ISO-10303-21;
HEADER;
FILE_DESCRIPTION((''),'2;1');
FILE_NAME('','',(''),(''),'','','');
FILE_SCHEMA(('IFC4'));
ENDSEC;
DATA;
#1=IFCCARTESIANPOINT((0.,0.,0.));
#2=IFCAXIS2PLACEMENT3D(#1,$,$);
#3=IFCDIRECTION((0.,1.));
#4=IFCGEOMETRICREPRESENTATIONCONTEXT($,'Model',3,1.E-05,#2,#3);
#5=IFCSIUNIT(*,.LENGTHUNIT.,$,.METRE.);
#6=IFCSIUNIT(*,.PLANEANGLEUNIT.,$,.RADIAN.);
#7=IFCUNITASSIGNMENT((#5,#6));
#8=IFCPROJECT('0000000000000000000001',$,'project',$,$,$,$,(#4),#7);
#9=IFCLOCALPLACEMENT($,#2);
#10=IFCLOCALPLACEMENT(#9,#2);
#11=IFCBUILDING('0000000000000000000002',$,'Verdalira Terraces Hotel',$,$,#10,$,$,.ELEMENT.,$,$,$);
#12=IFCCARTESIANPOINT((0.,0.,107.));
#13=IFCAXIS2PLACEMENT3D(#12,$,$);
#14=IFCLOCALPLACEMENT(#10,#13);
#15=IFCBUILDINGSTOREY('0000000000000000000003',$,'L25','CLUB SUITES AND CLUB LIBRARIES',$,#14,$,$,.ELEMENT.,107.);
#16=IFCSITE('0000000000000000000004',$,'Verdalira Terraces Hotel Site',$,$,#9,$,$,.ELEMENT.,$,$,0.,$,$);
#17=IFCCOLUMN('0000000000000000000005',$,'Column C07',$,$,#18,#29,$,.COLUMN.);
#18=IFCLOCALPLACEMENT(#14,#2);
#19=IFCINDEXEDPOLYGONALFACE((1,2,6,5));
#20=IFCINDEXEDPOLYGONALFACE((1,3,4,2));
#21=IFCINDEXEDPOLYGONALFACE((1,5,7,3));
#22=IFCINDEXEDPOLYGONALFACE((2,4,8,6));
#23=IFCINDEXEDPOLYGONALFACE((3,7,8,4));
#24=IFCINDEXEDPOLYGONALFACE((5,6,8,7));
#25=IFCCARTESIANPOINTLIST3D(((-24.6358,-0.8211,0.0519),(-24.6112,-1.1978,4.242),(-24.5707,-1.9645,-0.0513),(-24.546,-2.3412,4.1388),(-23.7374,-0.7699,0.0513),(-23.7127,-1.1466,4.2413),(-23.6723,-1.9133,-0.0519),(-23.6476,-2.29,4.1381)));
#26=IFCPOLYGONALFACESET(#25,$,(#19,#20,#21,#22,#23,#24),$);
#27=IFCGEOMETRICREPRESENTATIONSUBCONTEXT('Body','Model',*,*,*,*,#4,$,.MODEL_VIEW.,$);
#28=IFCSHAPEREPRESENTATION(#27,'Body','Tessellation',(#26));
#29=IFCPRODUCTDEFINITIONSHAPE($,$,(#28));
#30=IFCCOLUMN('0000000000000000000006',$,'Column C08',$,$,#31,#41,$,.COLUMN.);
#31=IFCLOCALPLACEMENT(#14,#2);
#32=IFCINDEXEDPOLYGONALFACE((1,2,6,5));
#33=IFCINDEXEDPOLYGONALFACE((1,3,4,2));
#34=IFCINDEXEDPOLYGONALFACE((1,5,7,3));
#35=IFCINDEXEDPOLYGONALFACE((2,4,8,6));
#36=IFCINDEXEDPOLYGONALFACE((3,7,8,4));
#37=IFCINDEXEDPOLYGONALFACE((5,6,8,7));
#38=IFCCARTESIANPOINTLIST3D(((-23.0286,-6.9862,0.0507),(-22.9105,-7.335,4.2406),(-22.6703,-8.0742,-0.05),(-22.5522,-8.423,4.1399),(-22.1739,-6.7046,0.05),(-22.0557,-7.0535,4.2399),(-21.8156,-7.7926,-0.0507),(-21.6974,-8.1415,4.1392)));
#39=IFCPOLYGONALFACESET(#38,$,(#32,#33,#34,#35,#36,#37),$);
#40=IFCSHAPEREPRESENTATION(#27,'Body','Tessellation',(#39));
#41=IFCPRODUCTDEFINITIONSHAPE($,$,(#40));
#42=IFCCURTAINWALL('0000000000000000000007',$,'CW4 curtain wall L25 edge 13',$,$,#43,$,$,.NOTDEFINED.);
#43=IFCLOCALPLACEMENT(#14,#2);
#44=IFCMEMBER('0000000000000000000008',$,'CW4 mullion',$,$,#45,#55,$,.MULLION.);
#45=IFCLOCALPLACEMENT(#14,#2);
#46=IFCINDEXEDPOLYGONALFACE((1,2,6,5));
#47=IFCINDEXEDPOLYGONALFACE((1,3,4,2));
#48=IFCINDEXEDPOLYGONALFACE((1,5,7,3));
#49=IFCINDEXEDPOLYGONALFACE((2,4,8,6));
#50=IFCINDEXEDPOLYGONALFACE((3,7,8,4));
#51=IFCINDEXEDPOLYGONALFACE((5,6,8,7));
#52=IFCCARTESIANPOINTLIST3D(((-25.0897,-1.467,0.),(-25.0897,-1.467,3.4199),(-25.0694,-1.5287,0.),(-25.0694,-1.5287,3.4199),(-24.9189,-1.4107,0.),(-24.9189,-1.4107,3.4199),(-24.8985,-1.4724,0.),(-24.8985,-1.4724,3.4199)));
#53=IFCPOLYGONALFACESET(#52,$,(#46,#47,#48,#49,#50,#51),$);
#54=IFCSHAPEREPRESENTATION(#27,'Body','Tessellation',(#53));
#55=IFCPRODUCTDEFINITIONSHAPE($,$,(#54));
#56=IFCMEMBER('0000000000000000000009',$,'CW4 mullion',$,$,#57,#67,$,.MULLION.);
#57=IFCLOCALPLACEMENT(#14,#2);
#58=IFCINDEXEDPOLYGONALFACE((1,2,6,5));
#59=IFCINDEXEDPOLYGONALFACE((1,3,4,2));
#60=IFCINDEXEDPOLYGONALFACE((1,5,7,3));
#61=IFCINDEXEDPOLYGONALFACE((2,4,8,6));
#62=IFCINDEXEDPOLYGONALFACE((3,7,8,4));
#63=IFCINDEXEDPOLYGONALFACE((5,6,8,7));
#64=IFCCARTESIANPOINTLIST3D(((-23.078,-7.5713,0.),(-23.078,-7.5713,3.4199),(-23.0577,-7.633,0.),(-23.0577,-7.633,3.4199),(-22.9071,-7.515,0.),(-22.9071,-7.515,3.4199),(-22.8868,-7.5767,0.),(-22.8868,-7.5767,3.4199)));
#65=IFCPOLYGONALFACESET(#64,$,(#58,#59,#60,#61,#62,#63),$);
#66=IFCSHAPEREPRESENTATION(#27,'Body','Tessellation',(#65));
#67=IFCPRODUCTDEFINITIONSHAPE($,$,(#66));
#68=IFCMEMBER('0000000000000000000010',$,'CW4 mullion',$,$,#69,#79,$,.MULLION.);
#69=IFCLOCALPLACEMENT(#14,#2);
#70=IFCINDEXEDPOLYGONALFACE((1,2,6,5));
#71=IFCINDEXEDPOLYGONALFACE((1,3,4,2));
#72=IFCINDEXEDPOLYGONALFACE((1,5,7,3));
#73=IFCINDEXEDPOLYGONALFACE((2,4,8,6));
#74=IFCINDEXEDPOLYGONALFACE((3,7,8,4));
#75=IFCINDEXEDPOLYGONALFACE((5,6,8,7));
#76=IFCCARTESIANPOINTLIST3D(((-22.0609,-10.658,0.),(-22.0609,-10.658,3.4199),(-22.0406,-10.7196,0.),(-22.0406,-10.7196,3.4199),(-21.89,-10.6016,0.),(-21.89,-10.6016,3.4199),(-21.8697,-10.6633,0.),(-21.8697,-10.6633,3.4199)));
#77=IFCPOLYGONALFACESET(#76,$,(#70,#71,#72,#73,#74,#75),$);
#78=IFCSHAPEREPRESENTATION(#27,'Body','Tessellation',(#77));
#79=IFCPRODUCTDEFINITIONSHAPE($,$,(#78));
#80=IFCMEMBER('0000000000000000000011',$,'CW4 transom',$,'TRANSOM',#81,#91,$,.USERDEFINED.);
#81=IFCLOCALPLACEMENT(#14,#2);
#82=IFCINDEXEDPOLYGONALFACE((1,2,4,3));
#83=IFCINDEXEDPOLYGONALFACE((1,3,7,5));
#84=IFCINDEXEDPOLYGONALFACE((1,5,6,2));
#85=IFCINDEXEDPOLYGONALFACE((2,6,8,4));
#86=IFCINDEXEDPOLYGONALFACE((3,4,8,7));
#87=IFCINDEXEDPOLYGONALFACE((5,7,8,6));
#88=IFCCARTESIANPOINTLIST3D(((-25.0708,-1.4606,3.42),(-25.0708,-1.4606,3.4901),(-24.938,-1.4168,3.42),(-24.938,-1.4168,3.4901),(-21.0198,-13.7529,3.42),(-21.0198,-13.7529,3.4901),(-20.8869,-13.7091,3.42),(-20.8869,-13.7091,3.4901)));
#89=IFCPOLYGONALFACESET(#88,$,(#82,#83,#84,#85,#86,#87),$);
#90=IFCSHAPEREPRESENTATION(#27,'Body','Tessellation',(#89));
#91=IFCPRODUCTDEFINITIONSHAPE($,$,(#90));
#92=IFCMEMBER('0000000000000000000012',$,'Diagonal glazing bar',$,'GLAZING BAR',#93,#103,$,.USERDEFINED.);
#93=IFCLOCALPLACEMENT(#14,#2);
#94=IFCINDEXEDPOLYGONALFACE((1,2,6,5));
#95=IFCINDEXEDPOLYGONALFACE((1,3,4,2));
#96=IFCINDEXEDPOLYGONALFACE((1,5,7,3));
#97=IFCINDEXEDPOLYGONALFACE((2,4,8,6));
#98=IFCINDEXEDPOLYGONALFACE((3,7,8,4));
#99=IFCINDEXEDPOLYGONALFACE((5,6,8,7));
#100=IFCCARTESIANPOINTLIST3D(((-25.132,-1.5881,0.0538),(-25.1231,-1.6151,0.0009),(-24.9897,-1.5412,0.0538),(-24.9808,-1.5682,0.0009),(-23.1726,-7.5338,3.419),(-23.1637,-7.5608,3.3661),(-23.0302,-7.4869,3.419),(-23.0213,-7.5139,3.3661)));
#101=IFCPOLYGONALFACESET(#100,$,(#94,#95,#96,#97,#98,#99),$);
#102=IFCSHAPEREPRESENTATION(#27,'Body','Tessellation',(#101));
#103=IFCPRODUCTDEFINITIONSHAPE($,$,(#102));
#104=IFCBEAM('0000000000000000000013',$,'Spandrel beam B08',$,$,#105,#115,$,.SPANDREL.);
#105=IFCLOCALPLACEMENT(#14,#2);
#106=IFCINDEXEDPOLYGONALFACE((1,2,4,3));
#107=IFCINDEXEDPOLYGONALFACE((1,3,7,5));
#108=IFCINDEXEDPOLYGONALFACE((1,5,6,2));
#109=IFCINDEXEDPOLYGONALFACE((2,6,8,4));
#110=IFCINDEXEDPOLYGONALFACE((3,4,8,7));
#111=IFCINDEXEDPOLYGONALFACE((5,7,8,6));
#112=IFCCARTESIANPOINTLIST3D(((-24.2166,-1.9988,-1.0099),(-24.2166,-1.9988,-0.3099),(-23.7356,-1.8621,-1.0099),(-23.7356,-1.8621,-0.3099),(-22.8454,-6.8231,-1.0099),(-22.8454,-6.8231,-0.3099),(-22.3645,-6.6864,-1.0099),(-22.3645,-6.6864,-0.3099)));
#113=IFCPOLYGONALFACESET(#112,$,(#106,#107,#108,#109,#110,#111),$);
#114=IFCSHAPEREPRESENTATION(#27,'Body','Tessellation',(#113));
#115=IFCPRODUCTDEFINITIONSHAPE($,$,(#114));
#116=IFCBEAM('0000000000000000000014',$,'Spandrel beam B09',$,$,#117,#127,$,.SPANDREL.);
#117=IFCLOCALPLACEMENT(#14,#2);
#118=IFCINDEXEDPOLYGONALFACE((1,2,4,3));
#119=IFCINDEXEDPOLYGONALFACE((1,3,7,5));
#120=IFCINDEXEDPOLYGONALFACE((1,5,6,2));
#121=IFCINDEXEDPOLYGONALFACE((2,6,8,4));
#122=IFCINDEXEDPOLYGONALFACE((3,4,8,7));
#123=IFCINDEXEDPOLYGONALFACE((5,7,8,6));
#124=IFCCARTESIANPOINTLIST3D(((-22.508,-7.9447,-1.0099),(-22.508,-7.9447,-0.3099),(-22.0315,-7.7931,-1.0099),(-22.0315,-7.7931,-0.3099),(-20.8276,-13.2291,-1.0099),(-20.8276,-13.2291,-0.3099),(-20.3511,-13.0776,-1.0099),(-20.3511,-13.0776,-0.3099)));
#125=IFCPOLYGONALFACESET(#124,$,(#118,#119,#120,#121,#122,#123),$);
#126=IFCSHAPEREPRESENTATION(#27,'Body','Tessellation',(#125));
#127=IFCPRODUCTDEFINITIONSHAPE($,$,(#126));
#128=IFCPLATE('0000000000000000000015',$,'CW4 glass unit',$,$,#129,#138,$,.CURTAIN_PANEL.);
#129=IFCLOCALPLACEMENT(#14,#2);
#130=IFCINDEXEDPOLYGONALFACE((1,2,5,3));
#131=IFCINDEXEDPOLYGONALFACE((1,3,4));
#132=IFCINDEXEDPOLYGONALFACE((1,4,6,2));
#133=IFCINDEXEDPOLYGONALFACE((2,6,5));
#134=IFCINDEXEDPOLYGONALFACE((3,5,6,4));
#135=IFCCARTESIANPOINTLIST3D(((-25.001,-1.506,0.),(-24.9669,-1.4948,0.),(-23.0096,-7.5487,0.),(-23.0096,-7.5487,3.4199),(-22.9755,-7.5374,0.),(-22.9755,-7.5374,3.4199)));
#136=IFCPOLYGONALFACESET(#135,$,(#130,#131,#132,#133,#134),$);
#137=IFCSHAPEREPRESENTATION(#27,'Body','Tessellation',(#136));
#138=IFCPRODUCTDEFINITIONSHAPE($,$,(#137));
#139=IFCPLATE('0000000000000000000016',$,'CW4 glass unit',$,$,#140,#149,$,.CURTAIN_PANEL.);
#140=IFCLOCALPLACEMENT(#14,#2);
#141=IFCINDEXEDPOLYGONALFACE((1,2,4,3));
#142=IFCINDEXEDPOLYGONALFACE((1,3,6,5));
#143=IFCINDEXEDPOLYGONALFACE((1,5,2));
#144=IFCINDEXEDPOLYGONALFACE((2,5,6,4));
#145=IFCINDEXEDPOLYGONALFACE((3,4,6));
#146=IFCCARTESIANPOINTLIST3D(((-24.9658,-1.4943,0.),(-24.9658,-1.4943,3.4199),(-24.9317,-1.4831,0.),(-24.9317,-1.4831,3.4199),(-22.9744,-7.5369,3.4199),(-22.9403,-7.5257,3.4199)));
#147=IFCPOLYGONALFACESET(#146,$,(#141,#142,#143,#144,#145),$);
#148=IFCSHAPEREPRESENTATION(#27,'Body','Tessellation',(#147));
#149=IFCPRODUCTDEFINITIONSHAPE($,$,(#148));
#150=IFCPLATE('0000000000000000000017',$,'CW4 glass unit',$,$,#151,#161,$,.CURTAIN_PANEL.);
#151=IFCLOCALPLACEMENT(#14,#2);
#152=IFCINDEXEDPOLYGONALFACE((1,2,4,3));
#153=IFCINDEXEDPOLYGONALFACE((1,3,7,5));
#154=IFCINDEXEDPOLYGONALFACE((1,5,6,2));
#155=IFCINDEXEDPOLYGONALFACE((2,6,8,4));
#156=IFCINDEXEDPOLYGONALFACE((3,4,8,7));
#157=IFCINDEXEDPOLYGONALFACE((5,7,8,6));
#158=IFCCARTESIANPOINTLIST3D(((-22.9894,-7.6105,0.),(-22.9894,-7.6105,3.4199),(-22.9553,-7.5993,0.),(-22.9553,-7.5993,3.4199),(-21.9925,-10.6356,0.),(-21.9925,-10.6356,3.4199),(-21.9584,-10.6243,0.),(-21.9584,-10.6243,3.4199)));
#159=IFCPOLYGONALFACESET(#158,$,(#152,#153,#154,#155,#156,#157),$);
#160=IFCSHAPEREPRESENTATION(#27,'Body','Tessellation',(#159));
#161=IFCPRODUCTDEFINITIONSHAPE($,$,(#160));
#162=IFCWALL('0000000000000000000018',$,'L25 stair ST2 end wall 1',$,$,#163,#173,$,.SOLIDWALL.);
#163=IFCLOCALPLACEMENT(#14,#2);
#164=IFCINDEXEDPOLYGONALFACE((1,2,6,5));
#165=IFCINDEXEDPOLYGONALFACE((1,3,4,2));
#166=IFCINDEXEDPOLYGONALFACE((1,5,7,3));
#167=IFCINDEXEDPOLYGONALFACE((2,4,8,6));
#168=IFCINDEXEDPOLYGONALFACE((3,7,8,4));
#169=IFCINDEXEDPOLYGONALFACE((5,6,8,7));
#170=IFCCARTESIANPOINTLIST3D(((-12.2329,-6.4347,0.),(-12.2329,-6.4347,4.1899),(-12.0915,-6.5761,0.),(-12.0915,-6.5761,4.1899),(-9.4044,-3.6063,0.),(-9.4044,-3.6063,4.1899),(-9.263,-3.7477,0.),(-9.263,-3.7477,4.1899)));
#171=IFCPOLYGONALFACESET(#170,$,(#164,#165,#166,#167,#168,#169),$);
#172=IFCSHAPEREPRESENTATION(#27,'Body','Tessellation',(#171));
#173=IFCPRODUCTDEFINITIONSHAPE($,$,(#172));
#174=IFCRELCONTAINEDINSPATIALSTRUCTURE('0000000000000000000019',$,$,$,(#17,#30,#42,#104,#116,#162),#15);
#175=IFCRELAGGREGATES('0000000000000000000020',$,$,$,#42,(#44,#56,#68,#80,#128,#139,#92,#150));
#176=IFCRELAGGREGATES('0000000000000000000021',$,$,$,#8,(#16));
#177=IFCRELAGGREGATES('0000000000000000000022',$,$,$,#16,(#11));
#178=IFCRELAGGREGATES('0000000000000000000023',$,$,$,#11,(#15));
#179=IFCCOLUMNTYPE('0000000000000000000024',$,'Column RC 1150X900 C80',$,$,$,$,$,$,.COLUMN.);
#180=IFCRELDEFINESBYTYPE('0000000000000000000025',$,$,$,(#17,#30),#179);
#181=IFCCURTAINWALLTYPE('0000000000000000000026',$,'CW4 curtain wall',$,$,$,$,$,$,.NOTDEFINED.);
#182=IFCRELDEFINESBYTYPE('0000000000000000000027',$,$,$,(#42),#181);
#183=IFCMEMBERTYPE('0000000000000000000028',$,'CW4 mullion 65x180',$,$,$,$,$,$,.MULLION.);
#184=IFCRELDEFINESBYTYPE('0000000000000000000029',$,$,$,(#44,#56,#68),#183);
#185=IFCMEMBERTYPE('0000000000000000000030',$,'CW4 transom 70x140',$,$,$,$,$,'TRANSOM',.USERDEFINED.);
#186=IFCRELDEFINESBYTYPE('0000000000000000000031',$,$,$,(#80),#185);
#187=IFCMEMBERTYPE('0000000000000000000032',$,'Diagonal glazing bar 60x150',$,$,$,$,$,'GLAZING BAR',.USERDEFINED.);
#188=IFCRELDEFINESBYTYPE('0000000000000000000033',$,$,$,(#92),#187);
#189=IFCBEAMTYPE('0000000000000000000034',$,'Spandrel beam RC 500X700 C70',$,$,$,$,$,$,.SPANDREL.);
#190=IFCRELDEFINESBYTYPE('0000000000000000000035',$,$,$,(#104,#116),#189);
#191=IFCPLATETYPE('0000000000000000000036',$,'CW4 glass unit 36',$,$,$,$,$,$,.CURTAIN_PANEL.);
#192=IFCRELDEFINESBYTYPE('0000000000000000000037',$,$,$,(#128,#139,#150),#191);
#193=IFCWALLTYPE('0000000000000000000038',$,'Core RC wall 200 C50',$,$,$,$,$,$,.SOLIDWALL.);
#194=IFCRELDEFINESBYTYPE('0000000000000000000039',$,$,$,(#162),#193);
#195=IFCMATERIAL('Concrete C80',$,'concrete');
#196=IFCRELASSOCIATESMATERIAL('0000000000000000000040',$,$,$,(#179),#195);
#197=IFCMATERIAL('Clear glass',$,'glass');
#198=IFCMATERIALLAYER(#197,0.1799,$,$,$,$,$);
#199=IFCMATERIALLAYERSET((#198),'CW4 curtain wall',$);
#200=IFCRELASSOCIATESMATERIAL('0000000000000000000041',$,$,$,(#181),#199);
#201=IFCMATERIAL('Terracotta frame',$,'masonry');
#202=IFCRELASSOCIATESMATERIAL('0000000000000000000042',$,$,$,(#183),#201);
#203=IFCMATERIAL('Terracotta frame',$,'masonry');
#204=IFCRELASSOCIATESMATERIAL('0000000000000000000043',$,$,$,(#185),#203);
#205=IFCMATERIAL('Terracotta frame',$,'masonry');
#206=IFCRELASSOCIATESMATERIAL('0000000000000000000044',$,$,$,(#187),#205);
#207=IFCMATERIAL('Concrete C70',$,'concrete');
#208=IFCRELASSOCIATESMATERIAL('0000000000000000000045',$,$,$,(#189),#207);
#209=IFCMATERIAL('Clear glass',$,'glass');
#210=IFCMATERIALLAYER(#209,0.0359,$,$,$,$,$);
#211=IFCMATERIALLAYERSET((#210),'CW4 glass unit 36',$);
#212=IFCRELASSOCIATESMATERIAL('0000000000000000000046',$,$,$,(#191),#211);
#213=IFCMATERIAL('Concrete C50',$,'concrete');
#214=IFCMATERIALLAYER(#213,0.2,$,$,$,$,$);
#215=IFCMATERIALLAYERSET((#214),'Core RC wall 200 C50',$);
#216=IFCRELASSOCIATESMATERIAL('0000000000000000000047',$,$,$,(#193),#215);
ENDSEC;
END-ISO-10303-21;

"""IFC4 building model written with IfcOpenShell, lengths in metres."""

from ifc_helpers import new_model, si_unit, direction, frame, frame_2d, origin, origin_2d, place, context, subcontext, project, spatial, polyline, rectangle, outline, extrude, material, layer, layer_set, material_profile, profile_set, type_object, element, aggregate, save


model = new_model("IFC4")

# Units and contexts
model_context = context("Model", 3, precision=1e-05, world=origin(), true_north=direction((0.0, 1.0)))
body_context = subcontext(model_context, "Body", "Model", "MODEL_VIEW")
ifc_project = project(units=[si_unit("LENGTHUNIT", "METRE"), si_unit("PLANEANGLEUNIT", "RADIAN")], contexts=[model_context])

# Site, building, storey
site_placement = place(None, origin())
site = spatial("IfcSite", under=ifc_project, at=site_placement, Name="Verdalira Terraces Hotel Site", CompositionType="ELEMENT", RefElevation=0.0)
building_placement = place(site_placement, origin())
building = spatial("IfcBuilding", under=site, at=building_placement, Name="Verdalira Terraces Hotel", CompositionType="ELEMENT")
storey_placement = place(building_placement, frame((0.0, 0.0, 107.0)))
storey = spatial("IfcBuildingStorey", under=building, at=storey_placement, Name="L25", Description="CLUB SUITES AND CLUB LIBRARIES", CompositionType="ELEMENT", Elevation=107.0)

# Columns
ifc_material_1 = material(Name="Concrete C80", Category="concrete")
ifc_material_profile_1 = material_profile(ifc_material_1, rectangle(XDim=1.1499, YDim=0.8999, at=origin_2d()), Name="RC 1150X900")
ifc_profile_set_1 = profile_set([ifc_material_profile_1], Name="Concrete C80")
column_type = type_object("IfcColumnType", Name="Column RC 1150X900 C80", PredefinedType="COLUMN", material=ifc_profile_set_1)
column_1_placement = place(storey_placement, frame((-24.1541, -1.3672, 0.0), z_axis=(0.005861, -0.089545, 0.995966), x_axis=(-0.056659, 0.994353, 0.089734)))
element("IfcColumn", 1, at=column_1_placement, inside=storey, type_object=column_type, Name="Column C07", PredefinedType="COLUMN", context=body_context, shape_type="SweptSolid", body=[
    extrude(rectangle(XDim=1.1499, YDim=0.8999, at=origin_2d()), origin(), (0.0, 0.0, 1.0), 4.207),
])
column_2_placement = place(storey_placement, frame((-22.4221, -7.3894, 0.0), z_axis=(0.028093, -0.082945, 0.996158), x_axis=(0.311588, -0.946174, -0.087571)))
element("IfcColumn", 2, at=column_2_placement, inside=storey, type_object=column_type, Name="Column C08", PredefinedType="COLUMN", context=body_context, shape_type="SweptSolid", body=[
    extrude(rectangle(XDim=1.1499, YDim=0.8999, at=origin_2d()), origin(), (0.0, 0.0, 1.0), 4.2061),
])

# Curtain wall, members
ifc_material_2 = material(Name="Clear glass", Category="glass")
ifc_layer_1 = layer(ifc_material_2, 0.1799)
ifc_layer_set_1 = layer_set([ifc_layer_1], Name="CW4 curtain wall")
curtain_wall_type = type_object("IfcCurtainWallType", Name="CW4 curtain wall", PredefinedType="NOTDEFINED", material=ifc_layer_set_1)
curtain_wall_placement = place(storey_placement, origin())
curtain_wall = element("IfcCurtainWall", 3, at=curtain_wall_placement, inside=storey, type_object=curtain_wall_type, Name="CW4 curtain wall L25 edge 13", PredefinedType="NOTDEFINED")
ifc_material_3 = material(Name="Terracotta frame", Category="masonry")
ifc_material_profile_2 = material_profile(ifc_material_3, rectangle(XDim=0.0649, YDim=0.1799, at=origin_2d()), Name="MU 65x180")
ifc_profile_set_2 = profile_set([ifc_material_profile_2], Name="Terracotta frame")
member_type_1 = type_object("IfcMemberType", Name="CW4 mullion 65x180", PredefinedType="MULLION", material=ifc_profile_set_2)
member_1_placement = place(storey_placement, frame((-24.9941, -1.4697, 0.0), z_axis=(0.0, 0.0, 1.0), x_axis=(0.312998, -0.949754, 0.0)))
member_1 = element("IfcMember", 4, at=member_1_placement, type_object=member_type_1, Name="CW4 mullion", PredefinedType="MULLION", context=body_context, shape_type="SweptSolid", body=[
    extrude(rectangle(XDim=0.0649, YDim=0.1799, at=origin_2d()), origin(), (0.0, 0.0, 1.0), 3.4199),
])
member_2_placement = place(storey_placement, frame((-22.9824, -7.574, 0.0), z_axis=(0.0, 0.0, 1.0), x_axis=(0.312998, -0.949754, 0.0)))
member_2 = element("IfcMember", 5, at=member_2_placement, type_object=member_type_1, Name="CW4 mullion", PredefinedType="MULLION", context=body_context, shape_type="SweptSolid", body=[
    extrude(rectangle(XDim=0.0649, YDim=0.1799, at=origin_2d()), origin(), (0.0, 0.0, 1.0), 3.4199),
])
member_3_placement = place(storey_placement, frame((-21.9653, -10.6606, 0.0), z_axis=(0.0, 0.0, 1.0), x_axis=(0.312998, -0.949754, 0.0)))
member_3 = element("IfcMember", 6, at=member_3_placement, type_object=member_type_1, Name="CW4 mullion", PredefinedType="MULLION", context=body_context, shape_type="SweptSolid", body=[
    extrude(rectangle(XDim=0.0649, YDim=0.1799, at=origin_2d()), origin(), (0.0, 0.0, 1.0), 3.4199),
])
ifc_material_4 = material(Name="Terracotta frame", Category="masonry")
ifc_material_profile_3 = material_profile(ifc_material_4, rectangle(XDim=0.1399, YDim=0.0701, at=origin_2d()), Name="TR 70x140")
ifc_profile_set_3 = profile_set([ifc_material_profile_3], Name="Terracotta frame")
member_type_2 = type_object("IfcMemberType", Name="CW4 transom 70x140", ElementType="TRANSOM", PredefinedType="USERDEFINED", material=ifc_profile_set_3)
member_4_placement = place(storey_placement, frame((-25.0044, -1.4387, 3.4551), z_axis=(0.313, -0.949753, 0.0), x_axis=(0.949753, 0.313, 0.0)))
member_4 = element("IfcMember", 7, at=member_4_placement, type_object=member_type_2, Name="CW4 transom", ObjectType="TRANSOM", PredefinedType="USERDEFINED", context=body_context, shape_type="SweptSolid", body=[
    extrude(rectangle(XDim=0.1399, YDim=0.0701, at=origin_2d()), origin(), (0.0, 0.0, 1.0), 12.9426),
])
ifc_material_5 = material(Name="Terracotta frame", Category="masonry")
ifc_material_profile_4 = material_profile(ifc_material_5, rectangle(XDim=0.1499, YDim=0.0601, at=origin_2d()), Name="GB 60x150")
ifc_profile_set_4 = profile_set([ifc_material_profile_4], Name="Terracotta frame")
member_type_3 = type_object("IfcMemberType", Name="Diagonal glazing bar 60x150", ElementType="GLAZING BAR", PredefinedType="USERDEFINED", material=ifc_profile_set_4)
member_5_placement = place(storey_placement, frame((-25.0564, -1.5781, 0.0273), z_axis=(0.27569, -0.83655, 0.473475), x_axis=(0.949754, 0.312997, 0.0)))
member_5 = element("IfcMember", 8, at=member_5_placement, type_object=member_type_3, Name="Diagonal glazing bar", ObjectType="GLAZING BAR", PredefinedType="USERDEFINED", context=body_context, shape_type="SweptSolid", body=[
    extrude(rectangle(XDim=0.1499, YDim=0.0601, at=origin_2d()), origin(), (0.0, 0.0, 1.0), 7.1074),
])

# Beams
ifc_material_6 = material(Name="Concrete C70", Category="concrete")
ifc_material_profile_5 = material_profile(ifc_material_6, rectangle(XDim=0.5, YDim=0.7, at=origin_2d()), Name="RC 500X700")
ifc_profile_set_5 = profile_set([ifc_material_profile_5], Name="Concrete C70")
beam_type = type_object("IfcBeamType", Name="Spandrel beam RC 500X700 C70", PredefinedType="SPANDREL", material=ifc_profile_set_5)
beam_1_placement = place(storey_placement, frame((-23.9761, -1.9304, -0.6599), z_axis=(0.273384, -0.961905, 0.0), x_axis=(0.961905, 0.273384, 0.0)))
element("IfcBeam", 9, at=beam_1_placement, inside=storey, type_object=beam_type, Name="Spandrel beam B08", PredefinedType="SPANDREL", context=body_context, shape_type="SweptSolid", body=[
    extrude(rectangle(XDim=0.5, YDim=0.7, at=origin_2d()), origin(), (0.0, 0.0, 1.0), 5.0154),
])
beam_2_placement = place(storey_placement, frame((-22.2698, -7.8689, -0.6599), z_axis=(0.303042, -0.952977, 0.0), x_axis=(0.952977, 0.303042, 0.0)))
element("IfcBeam", 10, at=beam_2_placement, inside=storey, type_object=beam_type, Name="Spandrel beam B09", PredefinedType="SPANDREL", context=body_context, shape_type="SweptSolid", body=[
    extrude(rectangle(XDim=0.5, YDim=0.7, at=origin_2d()), origin(), (0.0, 0.0, 1.0), 5.5452),
])

# Plates
ifc_material_7 = material(Name="Clear glass", Category="glass")
ifc_layer_2 = layer(ifc_material_7, 0.0359)
ifc_layer_set_2 = layer_set([ifc_layer_2], Name="CW4 glass unit 36")
plate_type = type_object("IfcPlateType", Name="CW4 glass unit 36", PredefinedType="CURTAIN_PANEL", material=ifc_layer_set_2)
plate_1_placement = place(storey_placement, frame((-23.9712, -4.5161, 1.71), z_axis=(-0.949754, -0.312998, 0.0), x_axis=(0.312998, -0.949754, 0.0)))
plate_1 = element("IfcPlate", 11, at=plate_1_placement, type_object=plate_type, Name="CW4 glass unit", PredefinedType="CURTAIN_PANEL", context=body_context, shape_type="SweptSolid", body=[
    extrude(outline(polyline([(-3.1812, -1.71), (3.1812, -1.71), (3.1812, 1.71), (-3.1812, -1.71)])), origin(), (0.0, 0.0, 1.0), 0.0359),
])
plate_2_placement = place(storey_placement, frame((-23.936, -4.5044, 1.71), z_axis=(-0.949754, -0.312998, 0.0), x_axis=(0.312998, -0.949754, 0.0)))
plate_2 = element("IfcPlate", 12, at=plate_2_placement, type_object=plate_type, Name="CW4 glass unit", PredefinedType="CURTAIN_PANEL", context=body_context, shape_type="SweptSolid", body=[
    extrude(outline(polyline([(-3.1812, -1.71), (3.1812, 1.71), (-3.1812, 1.71), (-3.1812, -1.71)])), origin(), (0.0, 0.0, 1.0), 0.0359),
])
plate_3_placement = place(storey_placement, frame((-22.4739, -9.1174, 0.0), z_axis=(0.0, 0.0, 1.0), x_axis=(0.312998, -0.949754, 0.0)))
plate_3 = element("IfcPlate", 13, at=plate_3_placement, type_object=plate_type, Name="CW4 glass unit", PredefinedType="CURTAIN_PANEL", context=body_context, shape_type="SweptSolid", body=[
    extrude(rectangle(XDim=3.1851, YDim=0.0359, at=origin_2d()), origin(), (0.0, 0.0, 1.0), 3.4199),
])
aggregate(curtain_wall, [member_1, member_2, member_3, member_4, plate_1, plate_2, member_5, plate_3])

# Wall
ifc_material_8 = material(Name="Concrete C50", Category="concrete")
ifc_layer_3 = layer(ifc_material_8, 0.2)
ifc_layer_set_3 = layer_set([ifc_layer_3], Name="Core RC wall 200 C50")
wall_type_1 = type_object("IfcWallType", Name="Core RC wall 200 C50", PredefinedType="SOLIDWALL", material=ifc_layer_set_3)
wall_1_placement = place(storey_placement, frame((-9.3337, -3.677, 0.0), z_axis=(0.0, 0.0, 1.0), x_axis=(-0.707107, -0.707107, 0.0)))
element("IfcWall", 14, at=wall_1_placement, inside=storey, type_object=wall_type_1, Name="L25 stair ST2 end wall 1", PredefinedType="SOLIDWALL", context=body_context, shape_type="SweptSolid", body=[
    extrude(rectangle(XDim=4.0, YDim=0.2, at=frame_2d((2.0, 0.0))), origin(), (0.0, 0.0, 1.0), 4.1899),
])

save(model, "model.ifc")
